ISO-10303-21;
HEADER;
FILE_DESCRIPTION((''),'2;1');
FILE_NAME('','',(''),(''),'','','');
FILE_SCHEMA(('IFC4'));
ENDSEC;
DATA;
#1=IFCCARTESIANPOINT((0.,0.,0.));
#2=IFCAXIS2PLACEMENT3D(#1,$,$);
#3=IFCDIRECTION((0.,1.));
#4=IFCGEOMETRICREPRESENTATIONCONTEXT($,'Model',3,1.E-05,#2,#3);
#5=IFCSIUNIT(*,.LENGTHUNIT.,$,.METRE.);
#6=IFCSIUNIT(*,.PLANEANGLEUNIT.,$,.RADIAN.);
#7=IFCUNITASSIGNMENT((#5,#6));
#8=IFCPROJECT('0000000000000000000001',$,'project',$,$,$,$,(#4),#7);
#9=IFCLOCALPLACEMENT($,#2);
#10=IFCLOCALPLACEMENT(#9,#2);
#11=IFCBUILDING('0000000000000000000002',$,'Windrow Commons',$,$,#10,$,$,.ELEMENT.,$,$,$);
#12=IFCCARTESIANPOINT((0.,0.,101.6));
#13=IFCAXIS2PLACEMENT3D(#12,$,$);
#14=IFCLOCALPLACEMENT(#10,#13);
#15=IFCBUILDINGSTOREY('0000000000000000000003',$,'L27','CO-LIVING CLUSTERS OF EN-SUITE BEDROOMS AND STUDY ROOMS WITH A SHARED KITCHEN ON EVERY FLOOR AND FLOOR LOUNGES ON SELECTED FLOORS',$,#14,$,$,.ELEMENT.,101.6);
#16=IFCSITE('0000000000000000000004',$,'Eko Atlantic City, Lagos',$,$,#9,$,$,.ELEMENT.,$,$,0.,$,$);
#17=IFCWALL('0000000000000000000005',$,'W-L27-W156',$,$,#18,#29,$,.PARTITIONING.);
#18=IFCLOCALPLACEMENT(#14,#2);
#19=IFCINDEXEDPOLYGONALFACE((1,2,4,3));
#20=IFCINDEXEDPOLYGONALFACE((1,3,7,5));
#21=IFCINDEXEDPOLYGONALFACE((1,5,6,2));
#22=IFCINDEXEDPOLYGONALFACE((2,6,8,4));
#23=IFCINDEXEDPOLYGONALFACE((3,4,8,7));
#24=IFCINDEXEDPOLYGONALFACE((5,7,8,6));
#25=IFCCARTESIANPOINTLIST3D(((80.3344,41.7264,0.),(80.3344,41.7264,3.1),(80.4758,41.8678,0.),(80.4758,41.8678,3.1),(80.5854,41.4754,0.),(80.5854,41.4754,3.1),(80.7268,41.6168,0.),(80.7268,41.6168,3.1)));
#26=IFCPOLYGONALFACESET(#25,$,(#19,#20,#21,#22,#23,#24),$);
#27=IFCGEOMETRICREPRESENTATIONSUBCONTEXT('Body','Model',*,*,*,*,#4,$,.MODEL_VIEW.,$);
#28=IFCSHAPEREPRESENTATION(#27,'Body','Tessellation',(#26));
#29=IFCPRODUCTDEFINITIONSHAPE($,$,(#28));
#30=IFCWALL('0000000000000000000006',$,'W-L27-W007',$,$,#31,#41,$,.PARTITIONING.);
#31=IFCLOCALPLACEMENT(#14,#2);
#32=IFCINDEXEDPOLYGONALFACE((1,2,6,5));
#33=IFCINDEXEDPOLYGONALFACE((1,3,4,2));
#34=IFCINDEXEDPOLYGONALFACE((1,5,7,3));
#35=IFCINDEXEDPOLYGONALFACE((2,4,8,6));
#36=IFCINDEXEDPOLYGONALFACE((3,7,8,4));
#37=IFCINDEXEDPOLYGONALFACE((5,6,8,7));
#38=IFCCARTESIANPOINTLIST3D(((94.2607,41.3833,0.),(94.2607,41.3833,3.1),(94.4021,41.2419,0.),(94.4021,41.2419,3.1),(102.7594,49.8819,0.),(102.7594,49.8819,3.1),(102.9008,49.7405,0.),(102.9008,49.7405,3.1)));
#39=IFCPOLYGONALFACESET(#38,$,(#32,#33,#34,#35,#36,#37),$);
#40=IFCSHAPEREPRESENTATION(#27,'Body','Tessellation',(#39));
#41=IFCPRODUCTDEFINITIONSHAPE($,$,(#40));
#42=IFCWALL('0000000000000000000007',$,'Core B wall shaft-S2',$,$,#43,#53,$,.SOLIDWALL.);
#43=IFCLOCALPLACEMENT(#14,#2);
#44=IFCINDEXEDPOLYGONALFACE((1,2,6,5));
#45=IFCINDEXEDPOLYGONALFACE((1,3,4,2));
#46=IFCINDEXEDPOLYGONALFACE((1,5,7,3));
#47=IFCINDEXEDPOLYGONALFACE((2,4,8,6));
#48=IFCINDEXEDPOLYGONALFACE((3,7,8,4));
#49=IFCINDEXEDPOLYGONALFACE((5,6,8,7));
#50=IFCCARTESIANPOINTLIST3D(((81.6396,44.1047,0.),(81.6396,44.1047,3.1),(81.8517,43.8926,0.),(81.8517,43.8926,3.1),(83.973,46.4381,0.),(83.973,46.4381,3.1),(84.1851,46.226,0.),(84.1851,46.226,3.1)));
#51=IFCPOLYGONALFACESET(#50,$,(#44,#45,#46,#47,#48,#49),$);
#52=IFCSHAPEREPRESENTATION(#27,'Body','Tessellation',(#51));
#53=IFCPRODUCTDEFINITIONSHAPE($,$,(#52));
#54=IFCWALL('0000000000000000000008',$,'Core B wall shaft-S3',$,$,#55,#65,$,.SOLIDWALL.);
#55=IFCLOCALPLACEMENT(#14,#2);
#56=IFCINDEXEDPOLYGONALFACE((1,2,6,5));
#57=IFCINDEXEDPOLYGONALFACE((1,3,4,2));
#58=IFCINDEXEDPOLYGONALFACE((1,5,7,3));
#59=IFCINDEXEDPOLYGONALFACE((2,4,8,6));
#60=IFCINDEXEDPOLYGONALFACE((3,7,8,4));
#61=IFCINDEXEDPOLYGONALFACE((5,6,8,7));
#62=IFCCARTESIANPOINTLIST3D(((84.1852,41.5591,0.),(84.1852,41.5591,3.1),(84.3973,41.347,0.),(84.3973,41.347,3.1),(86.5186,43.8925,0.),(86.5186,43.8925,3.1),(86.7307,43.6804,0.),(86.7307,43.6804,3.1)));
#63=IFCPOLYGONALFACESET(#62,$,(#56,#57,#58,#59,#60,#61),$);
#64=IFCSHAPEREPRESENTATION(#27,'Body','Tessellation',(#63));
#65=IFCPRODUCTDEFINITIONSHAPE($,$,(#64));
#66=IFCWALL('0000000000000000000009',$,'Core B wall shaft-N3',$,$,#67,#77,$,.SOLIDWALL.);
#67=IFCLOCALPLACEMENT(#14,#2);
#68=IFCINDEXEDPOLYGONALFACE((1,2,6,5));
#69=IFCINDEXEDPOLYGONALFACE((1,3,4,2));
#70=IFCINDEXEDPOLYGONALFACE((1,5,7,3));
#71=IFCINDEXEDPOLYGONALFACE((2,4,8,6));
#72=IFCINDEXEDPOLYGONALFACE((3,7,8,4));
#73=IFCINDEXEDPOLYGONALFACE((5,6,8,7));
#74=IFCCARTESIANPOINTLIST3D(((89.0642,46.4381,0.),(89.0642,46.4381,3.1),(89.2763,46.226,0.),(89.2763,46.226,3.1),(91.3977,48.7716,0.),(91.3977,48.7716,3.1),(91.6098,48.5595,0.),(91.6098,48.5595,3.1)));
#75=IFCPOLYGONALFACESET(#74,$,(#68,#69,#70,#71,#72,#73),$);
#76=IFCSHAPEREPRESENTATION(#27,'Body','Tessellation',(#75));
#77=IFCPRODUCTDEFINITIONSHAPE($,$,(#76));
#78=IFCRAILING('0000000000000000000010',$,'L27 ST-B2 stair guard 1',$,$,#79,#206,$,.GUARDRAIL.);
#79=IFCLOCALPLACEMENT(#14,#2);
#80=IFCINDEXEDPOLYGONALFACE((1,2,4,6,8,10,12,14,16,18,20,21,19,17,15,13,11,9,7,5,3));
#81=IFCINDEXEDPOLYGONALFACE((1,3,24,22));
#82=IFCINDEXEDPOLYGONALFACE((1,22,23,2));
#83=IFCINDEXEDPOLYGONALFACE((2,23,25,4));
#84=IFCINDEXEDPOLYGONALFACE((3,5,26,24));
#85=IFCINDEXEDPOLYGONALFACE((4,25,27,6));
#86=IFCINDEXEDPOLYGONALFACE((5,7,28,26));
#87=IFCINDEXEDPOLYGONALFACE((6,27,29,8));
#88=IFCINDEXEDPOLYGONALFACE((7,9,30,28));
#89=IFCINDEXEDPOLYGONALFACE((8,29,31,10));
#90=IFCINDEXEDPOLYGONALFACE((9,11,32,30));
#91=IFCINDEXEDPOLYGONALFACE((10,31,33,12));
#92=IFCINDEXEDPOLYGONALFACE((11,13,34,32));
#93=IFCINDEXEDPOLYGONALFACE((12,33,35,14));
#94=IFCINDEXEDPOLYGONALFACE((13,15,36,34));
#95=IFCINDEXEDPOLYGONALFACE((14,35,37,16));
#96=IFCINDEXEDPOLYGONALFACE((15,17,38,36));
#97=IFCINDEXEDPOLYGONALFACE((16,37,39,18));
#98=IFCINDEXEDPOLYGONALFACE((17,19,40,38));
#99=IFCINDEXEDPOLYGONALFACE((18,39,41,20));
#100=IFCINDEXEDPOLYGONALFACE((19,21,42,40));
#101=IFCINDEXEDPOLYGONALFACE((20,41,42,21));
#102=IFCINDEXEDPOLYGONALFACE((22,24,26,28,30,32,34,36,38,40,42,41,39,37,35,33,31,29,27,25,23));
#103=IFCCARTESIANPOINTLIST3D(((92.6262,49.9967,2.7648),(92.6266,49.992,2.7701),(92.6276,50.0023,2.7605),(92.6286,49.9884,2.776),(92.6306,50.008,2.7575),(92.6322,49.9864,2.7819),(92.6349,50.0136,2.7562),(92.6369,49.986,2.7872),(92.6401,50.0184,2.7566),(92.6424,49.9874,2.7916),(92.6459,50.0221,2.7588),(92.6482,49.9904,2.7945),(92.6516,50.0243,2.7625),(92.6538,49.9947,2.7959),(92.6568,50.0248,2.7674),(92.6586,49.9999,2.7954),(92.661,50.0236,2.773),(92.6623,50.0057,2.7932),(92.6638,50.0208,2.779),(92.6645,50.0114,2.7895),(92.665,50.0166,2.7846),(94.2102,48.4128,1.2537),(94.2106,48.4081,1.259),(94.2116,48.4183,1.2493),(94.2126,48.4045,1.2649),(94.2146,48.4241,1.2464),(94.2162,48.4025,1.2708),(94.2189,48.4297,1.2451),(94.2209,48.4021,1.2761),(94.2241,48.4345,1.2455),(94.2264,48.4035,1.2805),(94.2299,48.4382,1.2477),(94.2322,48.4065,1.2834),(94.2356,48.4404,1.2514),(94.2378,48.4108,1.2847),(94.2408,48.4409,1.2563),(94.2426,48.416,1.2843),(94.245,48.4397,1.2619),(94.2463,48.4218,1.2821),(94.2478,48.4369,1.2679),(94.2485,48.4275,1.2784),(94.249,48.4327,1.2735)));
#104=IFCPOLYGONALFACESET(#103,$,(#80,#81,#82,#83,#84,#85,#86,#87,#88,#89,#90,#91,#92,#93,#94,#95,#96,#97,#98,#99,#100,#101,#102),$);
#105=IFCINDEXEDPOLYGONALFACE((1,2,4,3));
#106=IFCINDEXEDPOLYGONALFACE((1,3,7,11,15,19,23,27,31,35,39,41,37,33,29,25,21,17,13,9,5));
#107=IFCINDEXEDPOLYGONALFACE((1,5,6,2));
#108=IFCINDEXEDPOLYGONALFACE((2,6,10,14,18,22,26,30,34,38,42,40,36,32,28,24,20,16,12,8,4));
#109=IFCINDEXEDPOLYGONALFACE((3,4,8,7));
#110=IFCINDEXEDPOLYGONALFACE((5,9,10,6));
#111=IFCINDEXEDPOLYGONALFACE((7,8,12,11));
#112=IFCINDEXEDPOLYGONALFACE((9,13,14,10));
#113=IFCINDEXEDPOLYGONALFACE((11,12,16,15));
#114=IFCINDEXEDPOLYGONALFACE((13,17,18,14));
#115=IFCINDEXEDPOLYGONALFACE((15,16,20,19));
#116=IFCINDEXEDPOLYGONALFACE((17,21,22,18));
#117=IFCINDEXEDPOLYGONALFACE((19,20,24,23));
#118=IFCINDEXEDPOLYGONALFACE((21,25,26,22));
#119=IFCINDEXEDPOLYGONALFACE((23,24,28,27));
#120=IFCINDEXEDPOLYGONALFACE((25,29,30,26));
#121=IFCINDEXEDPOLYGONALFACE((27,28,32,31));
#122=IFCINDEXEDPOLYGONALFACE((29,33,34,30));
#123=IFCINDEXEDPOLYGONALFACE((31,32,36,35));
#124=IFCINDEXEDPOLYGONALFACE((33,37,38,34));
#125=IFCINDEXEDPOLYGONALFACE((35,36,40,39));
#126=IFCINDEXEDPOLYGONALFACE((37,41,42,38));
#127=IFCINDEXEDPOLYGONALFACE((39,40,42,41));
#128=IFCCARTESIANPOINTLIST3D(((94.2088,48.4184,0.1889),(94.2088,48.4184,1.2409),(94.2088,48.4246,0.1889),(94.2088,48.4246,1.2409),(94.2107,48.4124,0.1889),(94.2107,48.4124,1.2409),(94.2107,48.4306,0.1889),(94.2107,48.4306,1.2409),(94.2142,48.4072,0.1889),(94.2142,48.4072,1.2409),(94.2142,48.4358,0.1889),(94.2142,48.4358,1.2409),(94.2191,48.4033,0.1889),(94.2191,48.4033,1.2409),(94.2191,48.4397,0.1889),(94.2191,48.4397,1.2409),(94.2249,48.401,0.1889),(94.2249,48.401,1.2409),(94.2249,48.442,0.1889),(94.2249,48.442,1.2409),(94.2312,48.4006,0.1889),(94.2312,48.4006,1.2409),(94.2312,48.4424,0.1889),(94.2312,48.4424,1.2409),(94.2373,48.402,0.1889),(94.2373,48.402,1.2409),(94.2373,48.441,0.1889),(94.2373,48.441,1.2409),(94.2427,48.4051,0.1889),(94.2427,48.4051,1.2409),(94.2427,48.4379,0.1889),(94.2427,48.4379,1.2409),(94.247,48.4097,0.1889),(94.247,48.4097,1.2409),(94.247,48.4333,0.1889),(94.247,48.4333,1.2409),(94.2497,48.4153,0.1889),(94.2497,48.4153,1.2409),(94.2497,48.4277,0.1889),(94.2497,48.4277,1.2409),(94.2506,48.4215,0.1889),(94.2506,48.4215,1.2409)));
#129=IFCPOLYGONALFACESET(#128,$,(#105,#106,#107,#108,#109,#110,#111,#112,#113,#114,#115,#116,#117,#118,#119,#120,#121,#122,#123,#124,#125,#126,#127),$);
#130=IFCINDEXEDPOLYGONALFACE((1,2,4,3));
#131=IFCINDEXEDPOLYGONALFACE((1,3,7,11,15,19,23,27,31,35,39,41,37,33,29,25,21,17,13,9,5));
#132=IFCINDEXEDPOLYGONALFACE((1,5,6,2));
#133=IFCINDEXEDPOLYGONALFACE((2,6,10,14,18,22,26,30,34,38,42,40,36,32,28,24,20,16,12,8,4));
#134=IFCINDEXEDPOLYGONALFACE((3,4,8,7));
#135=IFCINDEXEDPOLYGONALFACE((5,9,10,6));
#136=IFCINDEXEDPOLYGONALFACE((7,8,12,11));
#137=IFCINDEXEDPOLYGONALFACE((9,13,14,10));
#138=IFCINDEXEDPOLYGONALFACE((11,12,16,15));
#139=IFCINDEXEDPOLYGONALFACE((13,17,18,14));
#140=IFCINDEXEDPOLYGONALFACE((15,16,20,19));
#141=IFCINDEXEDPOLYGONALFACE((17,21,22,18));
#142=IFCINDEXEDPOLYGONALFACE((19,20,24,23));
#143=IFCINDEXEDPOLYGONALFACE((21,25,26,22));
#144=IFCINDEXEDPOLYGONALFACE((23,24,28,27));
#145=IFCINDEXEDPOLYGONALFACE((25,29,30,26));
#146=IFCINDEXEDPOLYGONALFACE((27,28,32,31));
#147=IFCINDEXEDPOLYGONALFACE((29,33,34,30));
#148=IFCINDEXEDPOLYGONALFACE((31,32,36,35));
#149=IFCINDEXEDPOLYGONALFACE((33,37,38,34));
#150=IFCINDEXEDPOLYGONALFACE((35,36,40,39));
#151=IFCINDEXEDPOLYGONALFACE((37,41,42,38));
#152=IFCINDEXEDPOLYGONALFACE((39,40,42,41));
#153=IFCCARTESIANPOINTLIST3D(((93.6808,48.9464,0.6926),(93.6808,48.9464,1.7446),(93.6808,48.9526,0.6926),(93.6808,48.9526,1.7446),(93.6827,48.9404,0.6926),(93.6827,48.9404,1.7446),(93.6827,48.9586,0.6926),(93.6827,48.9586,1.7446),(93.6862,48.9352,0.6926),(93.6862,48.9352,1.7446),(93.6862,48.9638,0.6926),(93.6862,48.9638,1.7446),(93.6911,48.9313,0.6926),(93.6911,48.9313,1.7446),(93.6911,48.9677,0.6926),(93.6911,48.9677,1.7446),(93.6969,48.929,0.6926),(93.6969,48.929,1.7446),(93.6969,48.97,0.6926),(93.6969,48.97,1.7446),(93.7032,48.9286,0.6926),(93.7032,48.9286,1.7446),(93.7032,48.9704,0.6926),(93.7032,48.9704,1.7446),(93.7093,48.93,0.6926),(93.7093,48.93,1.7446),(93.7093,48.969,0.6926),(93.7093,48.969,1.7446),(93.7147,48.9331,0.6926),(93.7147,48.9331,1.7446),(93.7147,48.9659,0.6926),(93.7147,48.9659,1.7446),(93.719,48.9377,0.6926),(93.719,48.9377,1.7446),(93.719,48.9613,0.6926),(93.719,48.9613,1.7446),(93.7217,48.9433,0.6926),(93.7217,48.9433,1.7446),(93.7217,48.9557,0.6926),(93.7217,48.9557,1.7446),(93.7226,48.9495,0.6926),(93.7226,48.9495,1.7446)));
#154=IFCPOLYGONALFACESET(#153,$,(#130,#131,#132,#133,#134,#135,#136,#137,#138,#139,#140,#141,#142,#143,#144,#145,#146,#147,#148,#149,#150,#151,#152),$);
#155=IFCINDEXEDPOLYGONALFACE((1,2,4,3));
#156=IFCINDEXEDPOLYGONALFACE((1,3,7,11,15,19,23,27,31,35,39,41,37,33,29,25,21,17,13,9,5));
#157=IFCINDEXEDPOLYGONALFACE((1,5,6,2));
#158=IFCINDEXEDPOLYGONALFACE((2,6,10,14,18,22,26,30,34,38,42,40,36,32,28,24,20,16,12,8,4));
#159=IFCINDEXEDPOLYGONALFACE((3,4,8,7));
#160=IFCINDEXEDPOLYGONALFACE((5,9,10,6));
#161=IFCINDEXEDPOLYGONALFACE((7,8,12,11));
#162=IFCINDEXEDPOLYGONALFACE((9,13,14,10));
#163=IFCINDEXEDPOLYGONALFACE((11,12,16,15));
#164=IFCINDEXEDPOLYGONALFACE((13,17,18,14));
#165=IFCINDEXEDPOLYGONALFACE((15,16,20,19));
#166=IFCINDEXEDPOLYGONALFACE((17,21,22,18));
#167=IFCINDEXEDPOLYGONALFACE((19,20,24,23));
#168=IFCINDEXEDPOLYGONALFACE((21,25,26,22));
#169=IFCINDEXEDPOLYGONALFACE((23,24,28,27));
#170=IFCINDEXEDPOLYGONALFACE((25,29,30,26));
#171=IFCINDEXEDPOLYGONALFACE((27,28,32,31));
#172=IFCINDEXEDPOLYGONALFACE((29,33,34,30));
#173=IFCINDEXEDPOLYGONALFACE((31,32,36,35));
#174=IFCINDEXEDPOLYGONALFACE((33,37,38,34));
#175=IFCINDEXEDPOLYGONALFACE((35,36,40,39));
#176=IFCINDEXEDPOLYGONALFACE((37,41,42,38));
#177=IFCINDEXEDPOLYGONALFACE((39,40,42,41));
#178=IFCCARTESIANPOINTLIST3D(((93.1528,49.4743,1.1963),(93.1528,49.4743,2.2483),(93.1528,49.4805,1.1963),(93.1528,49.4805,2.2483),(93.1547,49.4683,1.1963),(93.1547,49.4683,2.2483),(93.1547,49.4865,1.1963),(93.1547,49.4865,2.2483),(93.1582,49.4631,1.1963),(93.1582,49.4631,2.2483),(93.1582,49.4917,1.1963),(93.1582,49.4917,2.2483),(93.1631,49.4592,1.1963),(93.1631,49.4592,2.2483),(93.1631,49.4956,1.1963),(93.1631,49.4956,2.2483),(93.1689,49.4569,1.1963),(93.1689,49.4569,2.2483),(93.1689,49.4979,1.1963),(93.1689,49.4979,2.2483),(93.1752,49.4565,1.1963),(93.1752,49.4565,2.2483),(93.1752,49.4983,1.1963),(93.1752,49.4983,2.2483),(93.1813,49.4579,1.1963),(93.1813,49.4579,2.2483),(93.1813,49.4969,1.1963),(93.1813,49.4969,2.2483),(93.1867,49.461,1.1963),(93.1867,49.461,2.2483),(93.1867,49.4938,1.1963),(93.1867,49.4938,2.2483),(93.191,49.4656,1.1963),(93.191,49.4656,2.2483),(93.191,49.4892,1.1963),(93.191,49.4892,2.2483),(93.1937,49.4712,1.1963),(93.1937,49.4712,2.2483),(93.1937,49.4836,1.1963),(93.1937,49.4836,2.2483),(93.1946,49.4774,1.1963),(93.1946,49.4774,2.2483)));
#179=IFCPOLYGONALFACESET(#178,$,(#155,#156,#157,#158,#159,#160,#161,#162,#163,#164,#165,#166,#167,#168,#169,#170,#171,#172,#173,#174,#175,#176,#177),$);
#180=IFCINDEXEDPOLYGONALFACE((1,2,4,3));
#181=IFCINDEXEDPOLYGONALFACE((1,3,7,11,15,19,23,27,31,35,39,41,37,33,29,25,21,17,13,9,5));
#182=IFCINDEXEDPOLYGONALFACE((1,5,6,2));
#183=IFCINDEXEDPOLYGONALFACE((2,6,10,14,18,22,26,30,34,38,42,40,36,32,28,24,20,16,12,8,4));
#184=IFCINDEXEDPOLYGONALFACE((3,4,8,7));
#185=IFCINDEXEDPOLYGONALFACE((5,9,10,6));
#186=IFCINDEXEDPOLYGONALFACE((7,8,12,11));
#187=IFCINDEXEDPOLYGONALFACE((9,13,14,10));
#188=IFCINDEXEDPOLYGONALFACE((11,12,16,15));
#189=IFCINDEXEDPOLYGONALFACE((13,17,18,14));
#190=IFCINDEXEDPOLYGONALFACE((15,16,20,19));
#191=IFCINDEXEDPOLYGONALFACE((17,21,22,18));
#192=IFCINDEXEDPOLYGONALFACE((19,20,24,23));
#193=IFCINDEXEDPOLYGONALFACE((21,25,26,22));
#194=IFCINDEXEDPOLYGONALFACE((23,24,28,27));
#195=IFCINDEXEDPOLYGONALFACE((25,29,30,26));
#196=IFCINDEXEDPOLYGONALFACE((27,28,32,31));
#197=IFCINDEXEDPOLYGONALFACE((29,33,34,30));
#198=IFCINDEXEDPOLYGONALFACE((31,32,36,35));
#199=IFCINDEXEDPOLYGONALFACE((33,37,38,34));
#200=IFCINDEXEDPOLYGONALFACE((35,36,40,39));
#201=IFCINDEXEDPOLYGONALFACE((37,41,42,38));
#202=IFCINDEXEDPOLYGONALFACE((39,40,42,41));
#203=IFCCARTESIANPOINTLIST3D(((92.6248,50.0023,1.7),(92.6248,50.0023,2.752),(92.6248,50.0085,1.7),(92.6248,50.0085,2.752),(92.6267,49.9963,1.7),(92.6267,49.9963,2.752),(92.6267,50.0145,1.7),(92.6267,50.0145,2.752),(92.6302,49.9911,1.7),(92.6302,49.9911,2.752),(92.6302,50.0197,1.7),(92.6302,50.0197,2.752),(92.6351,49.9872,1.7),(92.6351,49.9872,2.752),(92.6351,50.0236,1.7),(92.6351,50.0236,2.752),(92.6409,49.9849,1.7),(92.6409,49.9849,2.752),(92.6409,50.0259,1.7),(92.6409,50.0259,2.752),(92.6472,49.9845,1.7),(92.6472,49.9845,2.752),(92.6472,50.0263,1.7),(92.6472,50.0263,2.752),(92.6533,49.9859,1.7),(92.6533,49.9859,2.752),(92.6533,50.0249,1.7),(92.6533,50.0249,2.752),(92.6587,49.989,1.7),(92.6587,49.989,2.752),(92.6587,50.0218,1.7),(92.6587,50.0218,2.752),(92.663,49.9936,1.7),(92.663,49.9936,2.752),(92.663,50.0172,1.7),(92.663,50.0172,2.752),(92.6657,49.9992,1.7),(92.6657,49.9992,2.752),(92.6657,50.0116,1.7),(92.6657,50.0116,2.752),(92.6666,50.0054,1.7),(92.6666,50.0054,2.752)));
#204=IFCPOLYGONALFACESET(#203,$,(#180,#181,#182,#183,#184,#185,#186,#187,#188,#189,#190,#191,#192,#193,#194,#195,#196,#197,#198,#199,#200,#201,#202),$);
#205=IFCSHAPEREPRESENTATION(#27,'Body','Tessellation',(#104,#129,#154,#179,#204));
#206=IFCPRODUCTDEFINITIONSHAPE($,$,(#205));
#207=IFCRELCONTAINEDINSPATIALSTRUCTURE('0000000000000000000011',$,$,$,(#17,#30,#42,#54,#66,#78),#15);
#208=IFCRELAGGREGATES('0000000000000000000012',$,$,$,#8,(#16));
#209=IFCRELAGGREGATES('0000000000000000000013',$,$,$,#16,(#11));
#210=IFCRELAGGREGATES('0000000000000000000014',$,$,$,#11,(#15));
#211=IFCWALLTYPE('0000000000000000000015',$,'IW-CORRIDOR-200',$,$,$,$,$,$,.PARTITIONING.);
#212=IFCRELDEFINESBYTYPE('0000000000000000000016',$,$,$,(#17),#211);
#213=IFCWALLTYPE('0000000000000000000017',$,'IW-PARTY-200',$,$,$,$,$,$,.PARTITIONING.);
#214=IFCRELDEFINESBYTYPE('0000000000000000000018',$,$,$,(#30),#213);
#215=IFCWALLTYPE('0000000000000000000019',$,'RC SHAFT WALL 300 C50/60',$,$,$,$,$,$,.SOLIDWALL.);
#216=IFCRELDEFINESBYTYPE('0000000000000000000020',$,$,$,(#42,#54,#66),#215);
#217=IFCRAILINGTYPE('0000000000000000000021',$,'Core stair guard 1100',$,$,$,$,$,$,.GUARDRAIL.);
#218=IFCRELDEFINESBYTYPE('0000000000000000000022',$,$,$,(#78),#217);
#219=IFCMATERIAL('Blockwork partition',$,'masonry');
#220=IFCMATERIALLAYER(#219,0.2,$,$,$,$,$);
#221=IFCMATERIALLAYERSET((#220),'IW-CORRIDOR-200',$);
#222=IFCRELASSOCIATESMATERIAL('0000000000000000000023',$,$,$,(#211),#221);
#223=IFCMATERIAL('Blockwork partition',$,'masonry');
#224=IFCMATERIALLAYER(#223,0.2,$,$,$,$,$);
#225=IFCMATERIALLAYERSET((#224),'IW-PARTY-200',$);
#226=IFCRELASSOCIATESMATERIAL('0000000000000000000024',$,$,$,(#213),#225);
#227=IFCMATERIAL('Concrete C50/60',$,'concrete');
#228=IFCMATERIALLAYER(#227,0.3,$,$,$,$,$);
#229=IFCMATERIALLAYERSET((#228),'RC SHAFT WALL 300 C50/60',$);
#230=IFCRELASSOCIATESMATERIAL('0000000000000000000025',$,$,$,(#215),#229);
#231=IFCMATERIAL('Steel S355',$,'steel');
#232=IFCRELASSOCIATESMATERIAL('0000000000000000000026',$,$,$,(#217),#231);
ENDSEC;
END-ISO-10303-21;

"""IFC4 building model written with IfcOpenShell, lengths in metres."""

from ifc_helpers import new_model, si_unit, direction, frame, frame_2d, origin, origin_2d, place, context, subcontext, project, spatial, rectangle, circle, extrude, material, layer, layer_set, type_object, element, save


model = new_model("IFC4")

# Units and contexts
model_context = context("Model", 3, precision=1e-05, world=origin(), true_north=direction((0.0, 1.0)))
body_context = subcontext(model_context, "Body", "Model", "MODEL_VIEW")
ifc_project = project(units=[si_unit("LENGTHUNIT", "METRE"), si_unit("PLANEANGLEUNIT", "RADIAN")], contexts=[model_context])

# Site, building, storey
site_placement = place(None, origin())
site = spatial("IfcSite", under=ifc_project, at=site_placement, Name="Eko Atlantic City, Lagos", CompositionType="ELEMENT", RefElevation=0.0)
building_placement = place(site_placement, origin())
building = spatial("IfcBuilding", under=site, at=building_placement, Name="Windrow Commons", CompositionType="ELEMENT")
storey_placement = place(building_placement, frame((0.0, 0.0, 101.6)))
storey = spatial("IfcBuildingStorey", under=building, at=storey_placement, Name="L27", Description="CO-LIVING CLUSTERS OF EN-SUITE BEDROOMS AND STUDY ROOMS WITH A SHARED KITCHEN ON EVERY FLOOR AND FLOOR LOUNGES ON SELECTED FLOORS", CompositionType="ELEMENT", Elevation=101.6)

# Shared definitions
ifc_material_1 = material(Name="Blockwork partition", Category="masonry")
ifc_layer_1 = layer(ifc_material_1, 0.2)
ifc_layer_set_1 = layer_set([ifc_layer_1], Name="IW-CORRIDOR-200")
wall_type_1 = type_object("IfcWallType", Name="IW-CORRIDOR-200", PredefinedType="PARTITIONING", material=ifc_layer_set_1)

# Walls
wall_1_placement = place(storey_placement, frame((80.4051, 41.7971, 0.0), z_axis=(0.0, 0.0, 1.0), x_axis=(0.707107, -0.707107, 0.0)))
element("IfcWall", 1, at=wall_1_placement, inside=storey, type_object=wall_type_1, Name="W-L27-W156", PredefinedType="PARTITIONING", context=body_context, shape_type="SweptSolid", body=[
    extrude(rectangle(XDim=0.355, YDim=0.2, at=frame_2d((0.1775, 0.0))), origin(), (0.0, 0.0, 1.0), 3.1),
])
ifc_material_2 = material(Name="Blockwork partition", Category="masonry")
ifc_layer_2 = layer(ifc_material_2, 0.2)
ifc_layer_set_2 = layer_set([ifc_layer_2], Name="IW-PARTY-200")
wall_type_2 = type_object("IfcWallType", Name="IW-PARTY-200", PredefinedType="PARTITIONING", material=ifc_layer_set_2)
wall_2_placement = place(storey_placement, frame((94.3314, 41.3126, 0.0), z_axis=(0.0, 0.0, 1.0), x_axis=(0.707111, 0.707103, 0.0)))
element("IfcWall", 2, at=wall_2_placement, inside=storey, type_object=wall_type_2, Name="W-L27-W007", PredefinedType="PARTITIONING", context=body_context, shape_type="SweptSolid", body=[
    extrude(rectangle(XDim=12.0189, YDim=0.2, at=frame_2d((6.0095, 0.0))), origin(), (0.0, 0.0, 1.0), 3.1),
])
ifc_material_3 = material(Name="Concrete C50/60", Category="concrete")
ifc_layer_3 = layer(ifc_material_3, 0.3)
ifc_layer_set_3 = layer_set([ifc_layer_3], Name="RC SHAFT WALL 300 C50/60")
wall_type_3 = type_object("IfcWallType", Name="RC SHAFT WALL 300 C50/60", PredefinedType="SOLIDWALL", material=ifc_layer_set_3)
for number, where, z_axis, x_axis, name in (
    (3, (81.7456, 43.9986, 0.0), (0.0, 0.0, 1.0), (0.707107, 0.707107, 0.0), "Core B wall shaft-S2"),
    (4, (84.2912, 41.453, 0.0), (0.0, 0.0, 1.0), (0.707107, 0.707107, 0.0), "Core B wall shaft-S3"),
):
    element("IfcWall", number, at=place(storey_placement, frame(where, z_axis=z_axis, x_axis=x_axis)), inside=storey, type_object=wall_type_3, Name=name, PredefinedType="SOLIDWALL", context=body_context, shape_type="SweptSolid", body=[
        extrude(rectangle(XDim=3.2999, YDim=0.3, at=frame_2d((1.65, 0.0))), origin(), (0.0, 0.0, 1.0), 3.1),
    ])
wall_3_placement = place(storey_placement, frame((89.1702, 46.332, 0.0), z_axis=(0.0, 0.0, 1.0), x_axis=(0.707107, 0.707107, 0.0)))
element("IfcWall", 5, at=wall_3_placement, inside=storey, type_object=wall_type_3, Name="Core B wall shaft-N3", PredefinedType="SOLIDWALL", context=body_context, shape_type="SweptSolid", body=[
    extrude(rectangle(XDim=3.3001, YDim=0.3, at=frame_2d((1.6501, 0.0))), origin(), (0.0, 0.0, 1.0), 3.1),
])

# Railing
ifc_material_4 = material(Name="Steel S355", Category="steel")
railing_type = type_object("IfcRailingType", Name="Core stair guard 1100", PredefinedType="GUARDRAIL", material=ifc_material_4)
railing_placement = place(storey_placement, frame((94.2296, 48.4215, 0.1889)))
element("IfcRailing", 6, at=railing_placement, inside=storey, type_object=railing_type, Name="L27 ST-B2 stair guard 1", PredefinedType="GUARDRAIL", context=body_context, shape_type="SweptSolid", body=[
    extrude(circle(Radius=0.024, at=origin_2d()), frame((0.0, 0.0, 1.076), z_axis=(-0.586216, 0.586179, 0.559237), x_axis=(-0.707084, -0.707129, 0.0)), (0.0, 0.0, 1.0), 2.7021),
    extrude(circle(Radius=0.021, at=origin_2d()), origin(), (0.0, 0.0, 1.0), 1.052),
    extrude(circle(Radius=0.021, at=origin_2d()), frame((-0.528, 0.528, 0.5037)), (0.0, 0.0, 1.0), 1.052),
    extrude(circle(Radius=0.021, at=origin_2d()), frame((-1.056, 1.0559, 1.0074)), (0.0, 0.0, 1.0), 1.052),
    extrude(circle(Radius=0.021, at=origin_2d()), frame((-1.584, 1.5839, 1.5111)), (0.0, 0.0, 1.0), 1.052),
])

save(model, "model.ifc")
